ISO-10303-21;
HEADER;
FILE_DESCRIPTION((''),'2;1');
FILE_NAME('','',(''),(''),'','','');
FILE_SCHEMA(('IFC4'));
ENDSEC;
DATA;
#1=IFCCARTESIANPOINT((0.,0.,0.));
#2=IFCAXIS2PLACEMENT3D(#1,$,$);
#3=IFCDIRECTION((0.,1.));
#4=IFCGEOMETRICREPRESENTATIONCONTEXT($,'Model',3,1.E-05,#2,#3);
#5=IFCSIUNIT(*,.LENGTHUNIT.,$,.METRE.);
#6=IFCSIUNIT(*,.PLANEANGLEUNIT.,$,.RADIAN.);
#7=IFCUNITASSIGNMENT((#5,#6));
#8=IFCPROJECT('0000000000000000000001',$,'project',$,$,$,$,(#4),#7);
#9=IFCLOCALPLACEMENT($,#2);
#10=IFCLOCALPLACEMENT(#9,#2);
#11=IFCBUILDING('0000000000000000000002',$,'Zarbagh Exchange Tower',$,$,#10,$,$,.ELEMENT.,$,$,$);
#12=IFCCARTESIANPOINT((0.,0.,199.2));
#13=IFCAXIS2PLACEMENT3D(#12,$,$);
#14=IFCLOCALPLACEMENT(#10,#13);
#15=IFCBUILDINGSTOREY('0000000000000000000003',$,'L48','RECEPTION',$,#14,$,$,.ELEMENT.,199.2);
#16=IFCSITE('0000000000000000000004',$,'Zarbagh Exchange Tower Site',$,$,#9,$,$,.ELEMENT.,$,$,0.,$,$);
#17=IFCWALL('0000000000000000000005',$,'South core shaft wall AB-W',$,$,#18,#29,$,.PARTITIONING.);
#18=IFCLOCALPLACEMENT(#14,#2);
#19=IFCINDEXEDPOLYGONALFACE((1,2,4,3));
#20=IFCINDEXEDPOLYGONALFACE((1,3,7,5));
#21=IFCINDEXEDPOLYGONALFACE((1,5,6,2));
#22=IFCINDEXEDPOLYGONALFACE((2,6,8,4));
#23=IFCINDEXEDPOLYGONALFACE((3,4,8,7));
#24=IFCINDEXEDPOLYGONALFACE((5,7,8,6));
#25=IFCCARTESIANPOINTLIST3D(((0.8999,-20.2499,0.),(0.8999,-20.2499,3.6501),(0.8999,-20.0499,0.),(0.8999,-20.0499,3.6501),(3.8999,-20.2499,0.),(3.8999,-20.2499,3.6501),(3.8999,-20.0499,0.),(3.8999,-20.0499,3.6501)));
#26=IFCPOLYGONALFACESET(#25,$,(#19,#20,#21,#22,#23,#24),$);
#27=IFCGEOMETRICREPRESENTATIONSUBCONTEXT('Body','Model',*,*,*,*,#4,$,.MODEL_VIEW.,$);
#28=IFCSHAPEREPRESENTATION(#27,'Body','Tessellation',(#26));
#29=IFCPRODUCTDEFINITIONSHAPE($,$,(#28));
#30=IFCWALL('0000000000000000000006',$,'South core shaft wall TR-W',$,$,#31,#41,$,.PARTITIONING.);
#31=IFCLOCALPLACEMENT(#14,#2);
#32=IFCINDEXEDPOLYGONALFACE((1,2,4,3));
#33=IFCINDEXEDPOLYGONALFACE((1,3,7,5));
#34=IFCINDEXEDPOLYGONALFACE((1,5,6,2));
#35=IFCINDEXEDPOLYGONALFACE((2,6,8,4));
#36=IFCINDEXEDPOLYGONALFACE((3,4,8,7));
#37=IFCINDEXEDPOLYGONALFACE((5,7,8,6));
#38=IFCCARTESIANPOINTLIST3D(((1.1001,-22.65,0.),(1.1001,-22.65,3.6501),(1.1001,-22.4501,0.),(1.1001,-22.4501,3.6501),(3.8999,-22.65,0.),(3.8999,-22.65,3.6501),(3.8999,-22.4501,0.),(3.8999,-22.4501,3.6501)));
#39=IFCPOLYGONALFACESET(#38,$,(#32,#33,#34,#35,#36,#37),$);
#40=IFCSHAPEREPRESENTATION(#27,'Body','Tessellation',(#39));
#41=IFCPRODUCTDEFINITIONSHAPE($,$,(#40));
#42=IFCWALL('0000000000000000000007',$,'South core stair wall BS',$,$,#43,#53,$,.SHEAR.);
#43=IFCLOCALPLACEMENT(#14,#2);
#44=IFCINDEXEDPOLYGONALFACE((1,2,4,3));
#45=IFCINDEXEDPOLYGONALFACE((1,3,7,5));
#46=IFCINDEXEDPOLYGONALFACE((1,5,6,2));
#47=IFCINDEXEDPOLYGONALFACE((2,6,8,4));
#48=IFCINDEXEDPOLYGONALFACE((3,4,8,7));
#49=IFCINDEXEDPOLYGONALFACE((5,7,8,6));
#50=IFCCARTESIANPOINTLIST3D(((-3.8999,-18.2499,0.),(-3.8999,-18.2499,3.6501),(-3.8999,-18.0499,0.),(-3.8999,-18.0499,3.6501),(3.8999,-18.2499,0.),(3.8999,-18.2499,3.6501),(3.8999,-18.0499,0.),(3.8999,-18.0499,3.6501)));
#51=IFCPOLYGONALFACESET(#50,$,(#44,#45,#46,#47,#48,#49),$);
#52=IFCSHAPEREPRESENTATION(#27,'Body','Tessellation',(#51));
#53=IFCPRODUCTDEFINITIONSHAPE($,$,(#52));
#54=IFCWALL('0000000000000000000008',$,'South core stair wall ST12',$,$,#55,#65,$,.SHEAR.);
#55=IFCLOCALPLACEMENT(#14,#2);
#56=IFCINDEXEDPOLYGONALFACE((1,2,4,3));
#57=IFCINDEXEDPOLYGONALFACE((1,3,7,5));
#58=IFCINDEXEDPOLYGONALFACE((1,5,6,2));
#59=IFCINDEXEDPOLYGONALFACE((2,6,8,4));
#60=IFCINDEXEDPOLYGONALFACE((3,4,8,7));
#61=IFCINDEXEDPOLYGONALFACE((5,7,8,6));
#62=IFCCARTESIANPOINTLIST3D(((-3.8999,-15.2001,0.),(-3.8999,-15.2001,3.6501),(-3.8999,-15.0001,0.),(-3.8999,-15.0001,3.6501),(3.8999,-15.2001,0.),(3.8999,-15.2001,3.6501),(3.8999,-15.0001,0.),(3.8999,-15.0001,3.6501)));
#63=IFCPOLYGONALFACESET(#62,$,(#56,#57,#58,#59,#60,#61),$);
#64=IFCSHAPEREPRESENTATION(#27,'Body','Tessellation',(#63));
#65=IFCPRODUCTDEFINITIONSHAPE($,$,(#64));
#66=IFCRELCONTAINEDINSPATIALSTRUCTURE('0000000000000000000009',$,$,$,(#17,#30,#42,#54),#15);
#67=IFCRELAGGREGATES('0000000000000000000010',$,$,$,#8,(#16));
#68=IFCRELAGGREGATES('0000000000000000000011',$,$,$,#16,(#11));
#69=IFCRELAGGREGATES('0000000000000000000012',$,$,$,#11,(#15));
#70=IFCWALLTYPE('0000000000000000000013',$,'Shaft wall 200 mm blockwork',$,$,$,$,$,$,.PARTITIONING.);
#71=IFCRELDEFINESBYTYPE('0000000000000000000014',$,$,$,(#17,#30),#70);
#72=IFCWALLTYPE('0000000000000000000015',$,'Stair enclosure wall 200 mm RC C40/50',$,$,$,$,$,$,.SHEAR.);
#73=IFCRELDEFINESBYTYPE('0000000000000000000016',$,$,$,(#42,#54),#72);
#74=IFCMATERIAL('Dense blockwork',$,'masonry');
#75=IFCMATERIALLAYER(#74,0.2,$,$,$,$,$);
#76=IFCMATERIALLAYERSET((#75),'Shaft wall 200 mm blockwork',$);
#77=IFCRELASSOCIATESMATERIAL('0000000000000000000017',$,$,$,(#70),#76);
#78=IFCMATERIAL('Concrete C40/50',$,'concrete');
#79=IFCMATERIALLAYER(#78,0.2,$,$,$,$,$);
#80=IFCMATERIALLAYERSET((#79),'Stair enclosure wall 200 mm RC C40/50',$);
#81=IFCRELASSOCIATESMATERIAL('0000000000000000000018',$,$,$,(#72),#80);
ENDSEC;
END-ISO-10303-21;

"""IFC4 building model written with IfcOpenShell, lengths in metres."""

from ifc_helpers import new_model, si_unit, direction, frame, frame_2d, origin, place, context, subcontext, project, spatial, rectangle, extrude, material, layer, layer_set, type_object, element, save


model = new_model("IFC4")

# Units and contexts
model_context = context("Model", 3, precision=1e-05, world=origin(), true_north=direction((0.0, 1.0)))
body_context = subcontext(model_context, "Body", "Model", "MODEL_VIEW")
ifc_project = project(units=[si_unit("LENGTHUNIT", "METRE"), si_unit("PLANEANGLEUNIT", "RADIAN")], contexts=[model_context])

# Site, building, storey
site_placement = place(None, origin())
site = spatial("IfcSite", under=ifc_project, at=site_placement, Name="Zarbagh Exchange Tower Site", CompositionType="ELEMENT", RefElevation=0.0)
building_placement = place(site_placement, origin())
building = spatial("IfcBuilding", under=site, at=building_placement, Name="Zarbagh Exchange Tower", CompositionType="ELEMENT")
storey_placement = place(building_placement, frame((0.0, 0.0, 199.2)))
storey = spatial("IfcBuildingStorey", under=building, at=storey_placement, Name="L48", Description="RECEPTION", CompositionType="ELEMENT", Elevation=199.2)

# Walls
ifc_material_1 = material(Name="Dense blockwork", Category="masonry")
ifc_layer_1 = layer(ifc_material_1, 0.2)
ifc_layer_set_1 = layer_set([ifc_layer_1], Name="Shaft wall 200 mm blockwork")
wall_type_1 = type_object("IfcWallType", Name="Shaft wall 200 mm blockwork", PredefinedType="PARTITIONING", material=ifc_layer_set_1)
wall_1_placement = place(storey_placement, frame((3.8999, -20.1499, 0.0), z_axis=(0.0, 0.0, 1.0), x_axis=(-1.0, 0.0, 0.0)))
element("IfcWall", 1, at=wall_1_placement, inside=storey, type_object=wall_type_1, Name="South core shaft wall AB-W", PredefinedType="PARTITIONING", context=body_context, shape_type="SweptSolid", body=[
    extrude(rectangle(XDim=3.0, YDim=0.2, at=frame_2d((1.5, 0.0))), origin(), (0.0, 0.0, 1.0), 3.6501),
])
wall_2_placement = place(storey_placement, frame((3.8999, -22.55, 0.0), z_axis=(0.0, 0.0, 1.0), x_axis=(-1.0, 0.0, 0.0)))
element("IfcWall", 2, at=wall_2_placement, inside=storey, type_object=wall_type_1, Name="South core shaft wall TR-W", PredefinedType="PARTITIONING", context=body_context, shape_type="SweptSolid", body=[
    extrude(rectangle(XDim=2.7998, YDim=0.2, at=frame_2d((1.3999, 0.0))), origin(), (0.0, 0.0, 1.0), 3.6501),
])
ifc_material_2 = material(Name="Concrete C40/50", Category="concrete")
ifc_layer_2 = layer(ifc_material_2, 0.2)
ifc_layer_set_2 = layer_set([ifc_layer_2], Name="Stair enclosure wall 200 mm RC C40/50")
wall_type_2 = type_object("IfcWallType", Name="Stair enclosure wall 200 mm RC C40/50", PredefinedType="SHEAR", material=ifc_layer_set_2)
for number, where, z_axis, x_axis, name in (
    (3, (3.8999, -18.1499, 0.0), (0.0, 0.0, 1.0), (-1.0, 0.0, 0.0), "South core stair wall BS"),
    (4, (3.8999, -15.1001, 0.0), (0.0, 0.0, 1.0), (-1.0, 0.0, 0.0), "South core stair wall ST12"),
):
    element("IfcWall", number, at=place(storey_placement, frame(where, z_axis=z_axis, x_axis=x_axis)), inside=storey, type_object=wall_type_2, Name=name, PredefinedType="SHEAR", context=body_context, shape_type="SweptSolid", body=[
        extrude(rectangle(XDim=7.7998, YDim=0.2, at=frame_2d((3.8999, 0.0))), origin(), (0.0, 0.0, 1.0), 3.6501),
    ])

save(model, "model.ifc")
